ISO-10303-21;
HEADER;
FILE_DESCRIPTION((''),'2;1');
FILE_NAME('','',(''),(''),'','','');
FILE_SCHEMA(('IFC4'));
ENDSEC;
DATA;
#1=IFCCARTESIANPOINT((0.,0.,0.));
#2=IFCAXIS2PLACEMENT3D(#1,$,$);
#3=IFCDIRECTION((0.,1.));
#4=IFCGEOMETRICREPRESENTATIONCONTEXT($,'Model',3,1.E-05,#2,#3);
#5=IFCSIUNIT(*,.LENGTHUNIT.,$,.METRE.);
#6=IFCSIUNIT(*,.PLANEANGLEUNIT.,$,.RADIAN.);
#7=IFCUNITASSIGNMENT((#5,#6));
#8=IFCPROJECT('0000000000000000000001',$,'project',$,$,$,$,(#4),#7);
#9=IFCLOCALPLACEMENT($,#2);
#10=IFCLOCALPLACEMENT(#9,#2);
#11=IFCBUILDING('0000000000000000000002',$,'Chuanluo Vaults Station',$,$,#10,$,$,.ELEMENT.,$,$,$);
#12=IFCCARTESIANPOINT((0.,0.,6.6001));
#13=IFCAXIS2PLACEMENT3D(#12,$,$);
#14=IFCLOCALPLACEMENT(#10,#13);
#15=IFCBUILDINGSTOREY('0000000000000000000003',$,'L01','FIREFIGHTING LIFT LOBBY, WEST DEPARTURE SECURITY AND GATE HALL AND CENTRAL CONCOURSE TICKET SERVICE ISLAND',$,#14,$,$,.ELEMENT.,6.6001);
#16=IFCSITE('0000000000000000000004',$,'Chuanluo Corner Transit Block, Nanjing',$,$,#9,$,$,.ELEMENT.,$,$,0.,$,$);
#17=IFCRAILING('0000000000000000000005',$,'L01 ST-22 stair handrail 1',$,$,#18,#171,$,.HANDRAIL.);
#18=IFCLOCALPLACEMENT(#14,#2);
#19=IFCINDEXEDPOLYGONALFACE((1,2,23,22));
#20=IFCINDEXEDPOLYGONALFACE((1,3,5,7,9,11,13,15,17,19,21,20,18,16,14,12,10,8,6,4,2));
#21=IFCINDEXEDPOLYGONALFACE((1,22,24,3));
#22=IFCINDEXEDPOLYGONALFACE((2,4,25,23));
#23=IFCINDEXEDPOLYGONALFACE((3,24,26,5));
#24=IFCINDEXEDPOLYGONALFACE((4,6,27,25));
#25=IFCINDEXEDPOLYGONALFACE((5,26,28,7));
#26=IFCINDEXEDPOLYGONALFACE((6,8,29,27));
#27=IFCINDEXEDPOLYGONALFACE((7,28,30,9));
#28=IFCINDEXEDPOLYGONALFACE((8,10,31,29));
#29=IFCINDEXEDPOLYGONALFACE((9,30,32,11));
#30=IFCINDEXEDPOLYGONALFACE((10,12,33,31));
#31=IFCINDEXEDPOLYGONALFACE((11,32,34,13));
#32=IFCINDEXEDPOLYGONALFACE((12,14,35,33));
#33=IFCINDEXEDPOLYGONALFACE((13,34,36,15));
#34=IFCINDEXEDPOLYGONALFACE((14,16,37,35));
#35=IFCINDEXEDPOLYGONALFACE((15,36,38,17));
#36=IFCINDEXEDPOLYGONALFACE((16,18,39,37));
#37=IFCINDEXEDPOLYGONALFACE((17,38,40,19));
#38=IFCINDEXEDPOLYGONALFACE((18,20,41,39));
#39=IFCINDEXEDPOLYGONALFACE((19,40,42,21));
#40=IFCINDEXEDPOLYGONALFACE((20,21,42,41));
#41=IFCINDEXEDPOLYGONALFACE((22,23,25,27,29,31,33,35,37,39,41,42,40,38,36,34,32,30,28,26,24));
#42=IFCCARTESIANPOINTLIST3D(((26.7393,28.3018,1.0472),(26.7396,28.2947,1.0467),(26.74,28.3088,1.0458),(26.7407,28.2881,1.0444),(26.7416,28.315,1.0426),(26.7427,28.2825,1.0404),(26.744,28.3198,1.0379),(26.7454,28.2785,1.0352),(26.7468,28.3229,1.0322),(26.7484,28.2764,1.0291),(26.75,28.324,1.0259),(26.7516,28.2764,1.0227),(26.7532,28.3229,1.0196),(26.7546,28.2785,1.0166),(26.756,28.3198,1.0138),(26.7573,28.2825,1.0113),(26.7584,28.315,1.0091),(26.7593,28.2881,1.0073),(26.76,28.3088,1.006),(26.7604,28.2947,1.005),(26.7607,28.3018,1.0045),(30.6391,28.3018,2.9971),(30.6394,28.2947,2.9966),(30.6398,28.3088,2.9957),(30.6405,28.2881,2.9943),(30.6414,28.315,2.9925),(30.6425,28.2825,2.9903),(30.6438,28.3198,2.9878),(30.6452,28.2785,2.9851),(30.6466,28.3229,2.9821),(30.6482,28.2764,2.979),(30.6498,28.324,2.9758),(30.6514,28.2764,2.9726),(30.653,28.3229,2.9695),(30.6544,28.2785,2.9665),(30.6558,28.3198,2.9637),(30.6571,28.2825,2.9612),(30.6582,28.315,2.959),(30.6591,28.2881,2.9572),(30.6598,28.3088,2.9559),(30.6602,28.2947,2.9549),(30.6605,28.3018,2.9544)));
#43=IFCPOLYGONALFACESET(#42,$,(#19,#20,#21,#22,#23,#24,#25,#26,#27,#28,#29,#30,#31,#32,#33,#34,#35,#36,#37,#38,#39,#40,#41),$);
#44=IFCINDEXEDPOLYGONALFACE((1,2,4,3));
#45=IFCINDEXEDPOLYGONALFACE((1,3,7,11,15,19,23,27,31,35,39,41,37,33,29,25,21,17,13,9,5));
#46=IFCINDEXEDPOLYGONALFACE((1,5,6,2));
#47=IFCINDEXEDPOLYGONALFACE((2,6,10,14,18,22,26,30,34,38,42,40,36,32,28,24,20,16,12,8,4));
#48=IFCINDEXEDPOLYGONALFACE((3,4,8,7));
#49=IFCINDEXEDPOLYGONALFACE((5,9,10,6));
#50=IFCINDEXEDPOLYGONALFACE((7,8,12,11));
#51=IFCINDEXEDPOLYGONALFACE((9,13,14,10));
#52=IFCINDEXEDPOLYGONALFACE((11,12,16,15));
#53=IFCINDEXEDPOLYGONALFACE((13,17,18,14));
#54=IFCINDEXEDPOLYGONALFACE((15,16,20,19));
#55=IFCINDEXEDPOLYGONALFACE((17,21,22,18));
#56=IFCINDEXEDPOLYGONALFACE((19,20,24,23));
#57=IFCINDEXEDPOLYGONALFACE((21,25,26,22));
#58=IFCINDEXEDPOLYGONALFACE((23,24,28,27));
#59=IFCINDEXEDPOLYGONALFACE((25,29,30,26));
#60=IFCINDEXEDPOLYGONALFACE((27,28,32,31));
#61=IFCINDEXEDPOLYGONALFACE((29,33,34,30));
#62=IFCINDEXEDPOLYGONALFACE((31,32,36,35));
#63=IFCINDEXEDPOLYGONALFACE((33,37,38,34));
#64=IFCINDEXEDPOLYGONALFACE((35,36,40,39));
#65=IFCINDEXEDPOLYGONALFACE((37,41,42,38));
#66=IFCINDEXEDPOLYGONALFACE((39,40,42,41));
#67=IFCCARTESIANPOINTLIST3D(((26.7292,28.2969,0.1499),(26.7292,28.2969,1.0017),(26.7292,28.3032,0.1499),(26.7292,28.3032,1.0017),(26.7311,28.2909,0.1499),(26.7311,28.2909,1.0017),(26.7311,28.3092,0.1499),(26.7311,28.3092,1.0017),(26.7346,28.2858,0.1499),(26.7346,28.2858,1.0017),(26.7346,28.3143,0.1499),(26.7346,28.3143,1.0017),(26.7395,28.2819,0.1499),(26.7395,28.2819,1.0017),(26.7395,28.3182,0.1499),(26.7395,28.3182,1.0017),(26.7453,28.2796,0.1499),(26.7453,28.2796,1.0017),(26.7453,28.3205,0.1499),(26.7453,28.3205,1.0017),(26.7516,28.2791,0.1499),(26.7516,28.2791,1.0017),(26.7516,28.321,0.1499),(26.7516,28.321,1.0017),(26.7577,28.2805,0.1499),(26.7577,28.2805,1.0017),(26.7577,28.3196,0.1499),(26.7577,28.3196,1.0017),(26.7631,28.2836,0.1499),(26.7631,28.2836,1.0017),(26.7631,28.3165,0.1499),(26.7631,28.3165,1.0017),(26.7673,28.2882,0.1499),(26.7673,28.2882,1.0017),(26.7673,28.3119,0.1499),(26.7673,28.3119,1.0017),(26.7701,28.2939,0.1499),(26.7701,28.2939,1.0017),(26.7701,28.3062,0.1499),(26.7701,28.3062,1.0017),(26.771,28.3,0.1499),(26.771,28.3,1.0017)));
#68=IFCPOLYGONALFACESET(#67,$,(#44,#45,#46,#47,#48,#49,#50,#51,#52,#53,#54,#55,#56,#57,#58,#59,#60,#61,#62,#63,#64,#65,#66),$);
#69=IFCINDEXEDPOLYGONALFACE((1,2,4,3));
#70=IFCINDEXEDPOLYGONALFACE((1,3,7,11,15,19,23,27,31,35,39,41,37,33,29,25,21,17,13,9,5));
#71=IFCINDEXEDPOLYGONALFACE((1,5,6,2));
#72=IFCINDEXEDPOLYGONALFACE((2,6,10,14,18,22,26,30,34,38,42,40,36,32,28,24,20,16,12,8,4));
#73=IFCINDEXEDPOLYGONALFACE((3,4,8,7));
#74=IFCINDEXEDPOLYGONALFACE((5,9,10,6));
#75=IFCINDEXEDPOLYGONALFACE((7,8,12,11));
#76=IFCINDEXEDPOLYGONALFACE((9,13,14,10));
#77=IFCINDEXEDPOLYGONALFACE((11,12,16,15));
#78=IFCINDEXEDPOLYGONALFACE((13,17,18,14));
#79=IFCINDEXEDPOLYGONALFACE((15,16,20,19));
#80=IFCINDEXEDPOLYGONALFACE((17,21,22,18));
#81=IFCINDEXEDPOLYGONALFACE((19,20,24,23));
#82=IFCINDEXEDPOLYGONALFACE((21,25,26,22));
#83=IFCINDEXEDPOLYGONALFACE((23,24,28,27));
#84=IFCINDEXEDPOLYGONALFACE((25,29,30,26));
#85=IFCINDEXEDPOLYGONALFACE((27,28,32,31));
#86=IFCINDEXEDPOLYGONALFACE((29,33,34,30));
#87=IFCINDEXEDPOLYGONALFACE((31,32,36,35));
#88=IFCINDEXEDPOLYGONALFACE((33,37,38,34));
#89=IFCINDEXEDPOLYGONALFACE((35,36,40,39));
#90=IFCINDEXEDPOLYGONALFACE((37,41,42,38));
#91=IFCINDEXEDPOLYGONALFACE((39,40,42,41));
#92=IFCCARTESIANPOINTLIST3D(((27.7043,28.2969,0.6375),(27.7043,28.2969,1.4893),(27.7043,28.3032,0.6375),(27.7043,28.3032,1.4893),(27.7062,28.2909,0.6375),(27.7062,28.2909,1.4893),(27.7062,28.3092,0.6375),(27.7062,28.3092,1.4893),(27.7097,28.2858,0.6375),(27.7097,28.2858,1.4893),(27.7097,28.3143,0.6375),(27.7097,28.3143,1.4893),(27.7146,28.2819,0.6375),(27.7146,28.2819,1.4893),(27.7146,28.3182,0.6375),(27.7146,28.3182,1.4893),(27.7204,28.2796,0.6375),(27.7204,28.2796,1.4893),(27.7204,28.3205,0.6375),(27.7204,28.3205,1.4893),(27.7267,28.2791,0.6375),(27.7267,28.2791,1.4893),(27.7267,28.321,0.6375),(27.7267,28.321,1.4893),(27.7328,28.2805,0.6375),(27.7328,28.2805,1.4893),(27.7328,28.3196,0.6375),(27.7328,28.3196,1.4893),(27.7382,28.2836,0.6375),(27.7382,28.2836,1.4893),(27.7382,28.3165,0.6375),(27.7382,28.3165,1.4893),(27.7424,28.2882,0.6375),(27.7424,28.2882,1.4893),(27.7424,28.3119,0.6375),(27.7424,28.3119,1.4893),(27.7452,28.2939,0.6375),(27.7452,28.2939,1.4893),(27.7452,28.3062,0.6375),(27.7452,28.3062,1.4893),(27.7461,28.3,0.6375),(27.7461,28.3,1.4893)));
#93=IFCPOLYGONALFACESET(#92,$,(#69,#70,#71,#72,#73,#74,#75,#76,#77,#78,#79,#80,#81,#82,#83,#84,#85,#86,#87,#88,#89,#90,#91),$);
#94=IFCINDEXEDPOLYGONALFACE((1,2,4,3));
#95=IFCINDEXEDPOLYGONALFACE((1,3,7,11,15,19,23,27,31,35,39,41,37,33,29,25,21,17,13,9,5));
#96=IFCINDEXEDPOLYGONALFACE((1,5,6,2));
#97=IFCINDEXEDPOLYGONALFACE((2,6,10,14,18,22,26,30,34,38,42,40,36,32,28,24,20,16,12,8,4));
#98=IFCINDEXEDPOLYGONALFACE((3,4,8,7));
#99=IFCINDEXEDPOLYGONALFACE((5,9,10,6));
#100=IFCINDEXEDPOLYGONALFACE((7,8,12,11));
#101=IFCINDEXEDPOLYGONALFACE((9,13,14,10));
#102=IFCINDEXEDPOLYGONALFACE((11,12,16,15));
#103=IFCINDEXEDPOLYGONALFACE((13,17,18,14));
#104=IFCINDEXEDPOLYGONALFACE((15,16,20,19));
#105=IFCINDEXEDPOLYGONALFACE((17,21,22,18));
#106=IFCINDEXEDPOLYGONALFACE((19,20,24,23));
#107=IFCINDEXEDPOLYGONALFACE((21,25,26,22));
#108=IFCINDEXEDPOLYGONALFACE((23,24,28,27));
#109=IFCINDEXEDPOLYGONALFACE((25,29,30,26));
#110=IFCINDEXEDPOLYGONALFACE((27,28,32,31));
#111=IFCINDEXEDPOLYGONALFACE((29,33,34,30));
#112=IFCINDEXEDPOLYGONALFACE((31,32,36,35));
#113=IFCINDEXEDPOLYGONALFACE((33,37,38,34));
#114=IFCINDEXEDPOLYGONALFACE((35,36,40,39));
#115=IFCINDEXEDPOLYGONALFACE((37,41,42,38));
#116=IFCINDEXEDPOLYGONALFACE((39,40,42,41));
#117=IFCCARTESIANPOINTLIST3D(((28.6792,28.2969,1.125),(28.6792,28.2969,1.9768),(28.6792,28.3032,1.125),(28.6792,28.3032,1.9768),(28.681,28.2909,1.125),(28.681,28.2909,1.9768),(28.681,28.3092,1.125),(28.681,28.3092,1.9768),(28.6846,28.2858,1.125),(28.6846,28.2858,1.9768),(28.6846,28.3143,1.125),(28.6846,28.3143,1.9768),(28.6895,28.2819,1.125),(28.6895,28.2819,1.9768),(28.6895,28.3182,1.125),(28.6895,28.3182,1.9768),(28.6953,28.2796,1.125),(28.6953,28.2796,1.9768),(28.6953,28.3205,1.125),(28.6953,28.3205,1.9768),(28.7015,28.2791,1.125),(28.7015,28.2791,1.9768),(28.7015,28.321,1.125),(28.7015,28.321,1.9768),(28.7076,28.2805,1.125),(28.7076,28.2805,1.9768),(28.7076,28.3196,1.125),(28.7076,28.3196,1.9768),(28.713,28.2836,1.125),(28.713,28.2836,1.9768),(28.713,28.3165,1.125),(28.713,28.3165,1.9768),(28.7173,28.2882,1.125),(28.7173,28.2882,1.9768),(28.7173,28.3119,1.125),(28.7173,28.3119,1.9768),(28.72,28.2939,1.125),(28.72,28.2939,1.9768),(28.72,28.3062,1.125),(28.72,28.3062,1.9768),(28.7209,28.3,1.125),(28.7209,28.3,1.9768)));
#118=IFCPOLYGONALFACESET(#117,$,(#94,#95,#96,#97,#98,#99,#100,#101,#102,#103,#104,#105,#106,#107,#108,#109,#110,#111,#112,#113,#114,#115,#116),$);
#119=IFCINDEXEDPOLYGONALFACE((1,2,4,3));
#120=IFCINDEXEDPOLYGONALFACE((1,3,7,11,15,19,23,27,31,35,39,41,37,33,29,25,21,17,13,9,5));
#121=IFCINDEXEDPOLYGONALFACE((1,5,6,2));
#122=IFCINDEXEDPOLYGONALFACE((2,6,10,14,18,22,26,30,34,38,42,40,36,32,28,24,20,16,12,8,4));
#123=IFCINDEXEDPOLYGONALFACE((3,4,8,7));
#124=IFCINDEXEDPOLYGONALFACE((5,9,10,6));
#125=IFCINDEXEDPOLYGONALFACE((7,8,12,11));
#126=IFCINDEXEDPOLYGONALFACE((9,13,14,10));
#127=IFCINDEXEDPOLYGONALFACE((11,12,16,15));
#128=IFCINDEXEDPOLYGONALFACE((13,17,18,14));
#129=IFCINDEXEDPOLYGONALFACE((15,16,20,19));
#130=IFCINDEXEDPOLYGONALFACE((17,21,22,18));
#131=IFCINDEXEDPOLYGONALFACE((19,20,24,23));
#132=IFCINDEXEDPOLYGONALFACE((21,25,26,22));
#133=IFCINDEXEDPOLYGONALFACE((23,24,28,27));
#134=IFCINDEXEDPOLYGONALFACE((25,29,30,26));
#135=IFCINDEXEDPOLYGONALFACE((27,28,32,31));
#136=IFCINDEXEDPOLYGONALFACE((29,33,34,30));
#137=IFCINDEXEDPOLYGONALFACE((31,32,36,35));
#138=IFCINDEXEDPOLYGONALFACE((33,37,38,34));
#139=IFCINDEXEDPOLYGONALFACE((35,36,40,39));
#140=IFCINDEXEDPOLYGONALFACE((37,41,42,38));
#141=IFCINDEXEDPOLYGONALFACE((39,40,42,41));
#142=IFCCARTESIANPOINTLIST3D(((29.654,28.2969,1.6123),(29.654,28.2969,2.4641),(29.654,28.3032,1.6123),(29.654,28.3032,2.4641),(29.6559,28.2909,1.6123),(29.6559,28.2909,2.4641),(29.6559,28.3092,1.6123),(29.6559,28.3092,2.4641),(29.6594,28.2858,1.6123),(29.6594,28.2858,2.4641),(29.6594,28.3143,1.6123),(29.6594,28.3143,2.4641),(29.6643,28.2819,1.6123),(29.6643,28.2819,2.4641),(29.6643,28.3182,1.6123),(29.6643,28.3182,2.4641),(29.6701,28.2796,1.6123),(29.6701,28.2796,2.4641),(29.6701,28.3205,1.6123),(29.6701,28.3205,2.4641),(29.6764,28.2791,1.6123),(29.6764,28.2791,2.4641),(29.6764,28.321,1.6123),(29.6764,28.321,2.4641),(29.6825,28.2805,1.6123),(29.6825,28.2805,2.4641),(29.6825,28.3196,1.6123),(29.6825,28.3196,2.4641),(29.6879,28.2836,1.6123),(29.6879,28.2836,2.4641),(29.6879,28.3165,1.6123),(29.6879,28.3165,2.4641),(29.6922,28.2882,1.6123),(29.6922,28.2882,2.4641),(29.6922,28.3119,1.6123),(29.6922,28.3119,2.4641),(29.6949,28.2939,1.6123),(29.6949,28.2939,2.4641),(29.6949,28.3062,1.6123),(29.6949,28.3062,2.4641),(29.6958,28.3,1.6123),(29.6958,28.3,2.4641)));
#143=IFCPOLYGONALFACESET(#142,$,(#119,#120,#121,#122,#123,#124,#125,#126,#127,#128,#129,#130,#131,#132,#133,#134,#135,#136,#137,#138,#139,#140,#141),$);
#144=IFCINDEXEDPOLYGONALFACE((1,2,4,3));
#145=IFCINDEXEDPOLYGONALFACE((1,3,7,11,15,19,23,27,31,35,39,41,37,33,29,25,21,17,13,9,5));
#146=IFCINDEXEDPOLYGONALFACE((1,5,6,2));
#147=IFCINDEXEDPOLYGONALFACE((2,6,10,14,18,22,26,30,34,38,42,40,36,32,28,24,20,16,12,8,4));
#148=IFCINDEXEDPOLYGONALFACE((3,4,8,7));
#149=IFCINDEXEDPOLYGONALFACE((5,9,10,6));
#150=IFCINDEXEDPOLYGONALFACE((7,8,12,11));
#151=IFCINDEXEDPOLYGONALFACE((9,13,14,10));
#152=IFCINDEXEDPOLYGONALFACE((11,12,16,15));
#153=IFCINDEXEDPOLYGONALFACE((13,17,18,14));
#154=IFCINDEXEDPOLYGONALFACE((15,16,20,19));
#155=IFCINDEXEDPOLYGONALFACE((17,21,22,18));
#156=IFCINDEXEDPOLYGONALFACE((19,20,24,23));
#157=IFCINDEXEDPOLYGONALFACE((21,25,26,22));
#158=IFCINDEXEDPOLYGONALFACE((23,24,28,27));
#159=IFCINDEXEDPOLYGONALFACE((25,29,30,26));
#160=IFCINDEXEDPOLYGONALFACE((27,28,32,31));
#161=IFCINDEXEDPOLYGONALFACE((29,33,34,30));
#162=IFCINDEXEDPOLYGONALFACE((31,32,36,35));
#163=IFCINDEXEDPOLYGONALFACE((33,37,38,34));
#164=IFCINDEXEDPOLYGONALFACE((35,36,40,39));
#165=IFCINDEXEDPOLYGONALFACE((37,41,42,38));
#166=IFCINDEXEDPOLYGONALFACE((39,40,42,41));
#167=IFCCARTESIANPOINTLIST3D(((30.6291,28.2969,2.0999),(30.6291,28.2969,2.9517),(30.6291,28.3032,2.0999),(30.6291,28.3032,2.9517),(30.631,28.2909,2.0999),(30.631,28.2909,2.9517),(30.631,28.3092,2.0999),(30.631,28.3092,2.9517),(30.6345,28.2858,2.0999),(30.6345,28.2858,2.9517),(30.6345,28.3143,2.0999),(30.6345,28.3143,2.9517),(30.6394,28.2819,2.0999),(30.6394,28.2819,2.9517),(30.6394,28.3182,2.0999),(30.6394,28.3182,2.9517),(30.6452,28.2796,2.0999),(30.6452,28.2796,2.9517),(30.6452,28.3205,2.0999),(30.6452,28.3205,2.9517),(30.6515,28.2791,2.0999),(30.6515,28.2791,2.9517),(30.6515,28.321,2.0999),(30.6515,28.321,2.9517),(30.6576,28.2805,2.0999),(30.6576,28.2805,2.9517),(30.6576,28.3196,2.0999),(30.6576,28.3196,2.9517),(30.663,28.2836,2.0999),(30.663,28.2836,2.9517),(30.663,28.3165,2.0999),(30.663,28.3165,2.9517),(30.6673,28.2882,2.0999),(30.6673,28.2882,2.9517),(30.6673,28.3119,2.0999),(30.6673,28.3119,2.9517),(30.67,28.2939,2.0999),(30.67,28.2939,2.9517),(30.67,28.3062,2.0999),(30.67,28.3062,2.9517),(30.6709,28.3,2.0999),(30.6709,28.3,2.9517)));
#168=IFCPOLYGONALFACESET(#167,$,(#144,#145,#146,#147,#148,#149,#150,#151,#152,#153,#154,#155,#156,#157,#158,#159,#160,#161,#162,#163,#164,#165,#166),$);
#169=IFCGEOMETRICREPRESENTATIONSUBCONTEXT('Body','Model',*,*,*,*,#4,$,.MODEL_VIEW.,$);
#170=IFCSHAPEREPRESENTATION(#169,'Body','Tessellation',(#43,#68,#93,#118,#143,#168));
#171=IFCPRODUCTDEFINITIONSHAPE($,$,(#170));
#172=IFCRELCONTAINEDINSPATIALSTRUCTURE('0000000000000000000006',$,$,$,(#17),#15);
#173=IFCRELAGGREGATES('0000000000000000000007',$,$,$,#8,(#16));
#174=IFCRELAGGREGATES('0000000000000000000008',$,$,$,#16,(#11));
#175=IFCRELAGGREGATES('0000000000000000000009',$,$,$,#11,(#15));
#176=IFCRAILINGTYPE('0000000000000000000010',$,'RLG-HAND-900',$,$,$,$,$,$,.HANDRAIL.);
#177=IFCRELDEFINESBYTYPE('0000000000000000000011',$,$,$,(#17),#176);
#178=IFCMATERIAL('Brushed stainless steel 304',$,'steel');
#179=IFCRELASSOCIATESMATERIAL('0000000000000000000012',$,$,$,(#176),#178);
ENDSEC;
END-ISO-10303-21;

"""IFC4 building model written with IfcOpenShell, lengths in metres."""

from ifc_helpers import new_model, si_unit, direction, frame, origin, origin_2d, place, context, subcontext, project, spatial, circle, extrude, material, type_object, element, save


model = new_model("IFC4")

# Units and contexts
model_context = context("Model", 3, precision=1e-05, world=origin(), true_north=direction((0.0, 1.0)))
body_context = subcontext(model_context, "Body", "Model", "MODEL_VIEW")
ifc_project = project(units=[si_unit("LENGTHUNIT", "METRE"), si_unit("PLANEANGLEUNIT", "RADIAN")], contexts=[model_context])

# Site, building, storey
site_placement = place(None, origin())
site = spatial("IfcSite", under=ifc_project, at=site_placement, Name="Chuanluo Corner Transit Block, Nanjing", CompositionType="ELEMENT", RefElevation=0.0)
building_placement = place(site_placement, origin())
building = spatial("IfcBuilding", under=site, at=building_placement, Name="Chuanluo Vaults Station", CompositionType="ELEMENT")
storey_placement = place(building_placement, frame((0.0, 0.0, 6.6001)))
storey = spatial("IfcBuildingStorey", under=building, at=storey_placement, Name="L01", Description="FIREFIGHTING LIFT LOBBY, WEST DEPARTURE SECURITY AND GATE HALL AND CENTRAL CONCOURSE TICKET SERVICE ISLAND", CompositionType="ELEMENT", Elevation=6.6001)

# Railing
ifc_material_1 = material(Name="Brushed stainless steel 304", Category="steel")
railing_type_1 = type_object("IfcRailingType", Name="RLG-HAND-900", PredefinedType="HANDRAIL", material=ifc_material_1)
railing_1_placement = place(storey_placement, frame((26.75, 28.3, 0.1499)))
element("IfcRailing", 1, at=railing_1_placement, inside=storey, type_object=railing_type_1, Name="L01 ST-22 stair handrail 1", PredefinedType="HANDRAIL", context=body_context, shape_type="SweptSolid", body=[
    extrude(circle(Radius=0.0239, at=origin_2d()), frame((0.0, 0.0, 0.876), z_axis=(0.894427, 0.0, 0.447214), x_axis=(0.0, 1.0, 0.0)), (0.0, 0.0, 1.0), 4.3601),
    extrude(circle(Radius=0.021, at=origin_2d()), origin(), (0.0, 0.0, 1.0), 0.8518),
    extrude(circle(Radius=0.021, at=origin_2d()), frame((0.9751, 0.0, 0.4875)), (0.0, 0.0, 1.0), 0.8518),
    extrude(circle(Radius=0.021, at=origin_2d()), frame((1.95, 0.0, 0.9751)), (0.0, 0.0, 1.0), 0.8518),
    extrude(circle(Radius=0.021, at=origin_2d()), frame((2.9248, 0.0, 1.4624)), (0.0, 0.0, 1.0), 0.8518),
    extrude(circle(Radius=0.021, at=origin_2d()), frame((3.8999, 0.0, 1.95)), (0.0, 0.0, 1.0), 0.8518),
])

save(model, "model.ifc")
